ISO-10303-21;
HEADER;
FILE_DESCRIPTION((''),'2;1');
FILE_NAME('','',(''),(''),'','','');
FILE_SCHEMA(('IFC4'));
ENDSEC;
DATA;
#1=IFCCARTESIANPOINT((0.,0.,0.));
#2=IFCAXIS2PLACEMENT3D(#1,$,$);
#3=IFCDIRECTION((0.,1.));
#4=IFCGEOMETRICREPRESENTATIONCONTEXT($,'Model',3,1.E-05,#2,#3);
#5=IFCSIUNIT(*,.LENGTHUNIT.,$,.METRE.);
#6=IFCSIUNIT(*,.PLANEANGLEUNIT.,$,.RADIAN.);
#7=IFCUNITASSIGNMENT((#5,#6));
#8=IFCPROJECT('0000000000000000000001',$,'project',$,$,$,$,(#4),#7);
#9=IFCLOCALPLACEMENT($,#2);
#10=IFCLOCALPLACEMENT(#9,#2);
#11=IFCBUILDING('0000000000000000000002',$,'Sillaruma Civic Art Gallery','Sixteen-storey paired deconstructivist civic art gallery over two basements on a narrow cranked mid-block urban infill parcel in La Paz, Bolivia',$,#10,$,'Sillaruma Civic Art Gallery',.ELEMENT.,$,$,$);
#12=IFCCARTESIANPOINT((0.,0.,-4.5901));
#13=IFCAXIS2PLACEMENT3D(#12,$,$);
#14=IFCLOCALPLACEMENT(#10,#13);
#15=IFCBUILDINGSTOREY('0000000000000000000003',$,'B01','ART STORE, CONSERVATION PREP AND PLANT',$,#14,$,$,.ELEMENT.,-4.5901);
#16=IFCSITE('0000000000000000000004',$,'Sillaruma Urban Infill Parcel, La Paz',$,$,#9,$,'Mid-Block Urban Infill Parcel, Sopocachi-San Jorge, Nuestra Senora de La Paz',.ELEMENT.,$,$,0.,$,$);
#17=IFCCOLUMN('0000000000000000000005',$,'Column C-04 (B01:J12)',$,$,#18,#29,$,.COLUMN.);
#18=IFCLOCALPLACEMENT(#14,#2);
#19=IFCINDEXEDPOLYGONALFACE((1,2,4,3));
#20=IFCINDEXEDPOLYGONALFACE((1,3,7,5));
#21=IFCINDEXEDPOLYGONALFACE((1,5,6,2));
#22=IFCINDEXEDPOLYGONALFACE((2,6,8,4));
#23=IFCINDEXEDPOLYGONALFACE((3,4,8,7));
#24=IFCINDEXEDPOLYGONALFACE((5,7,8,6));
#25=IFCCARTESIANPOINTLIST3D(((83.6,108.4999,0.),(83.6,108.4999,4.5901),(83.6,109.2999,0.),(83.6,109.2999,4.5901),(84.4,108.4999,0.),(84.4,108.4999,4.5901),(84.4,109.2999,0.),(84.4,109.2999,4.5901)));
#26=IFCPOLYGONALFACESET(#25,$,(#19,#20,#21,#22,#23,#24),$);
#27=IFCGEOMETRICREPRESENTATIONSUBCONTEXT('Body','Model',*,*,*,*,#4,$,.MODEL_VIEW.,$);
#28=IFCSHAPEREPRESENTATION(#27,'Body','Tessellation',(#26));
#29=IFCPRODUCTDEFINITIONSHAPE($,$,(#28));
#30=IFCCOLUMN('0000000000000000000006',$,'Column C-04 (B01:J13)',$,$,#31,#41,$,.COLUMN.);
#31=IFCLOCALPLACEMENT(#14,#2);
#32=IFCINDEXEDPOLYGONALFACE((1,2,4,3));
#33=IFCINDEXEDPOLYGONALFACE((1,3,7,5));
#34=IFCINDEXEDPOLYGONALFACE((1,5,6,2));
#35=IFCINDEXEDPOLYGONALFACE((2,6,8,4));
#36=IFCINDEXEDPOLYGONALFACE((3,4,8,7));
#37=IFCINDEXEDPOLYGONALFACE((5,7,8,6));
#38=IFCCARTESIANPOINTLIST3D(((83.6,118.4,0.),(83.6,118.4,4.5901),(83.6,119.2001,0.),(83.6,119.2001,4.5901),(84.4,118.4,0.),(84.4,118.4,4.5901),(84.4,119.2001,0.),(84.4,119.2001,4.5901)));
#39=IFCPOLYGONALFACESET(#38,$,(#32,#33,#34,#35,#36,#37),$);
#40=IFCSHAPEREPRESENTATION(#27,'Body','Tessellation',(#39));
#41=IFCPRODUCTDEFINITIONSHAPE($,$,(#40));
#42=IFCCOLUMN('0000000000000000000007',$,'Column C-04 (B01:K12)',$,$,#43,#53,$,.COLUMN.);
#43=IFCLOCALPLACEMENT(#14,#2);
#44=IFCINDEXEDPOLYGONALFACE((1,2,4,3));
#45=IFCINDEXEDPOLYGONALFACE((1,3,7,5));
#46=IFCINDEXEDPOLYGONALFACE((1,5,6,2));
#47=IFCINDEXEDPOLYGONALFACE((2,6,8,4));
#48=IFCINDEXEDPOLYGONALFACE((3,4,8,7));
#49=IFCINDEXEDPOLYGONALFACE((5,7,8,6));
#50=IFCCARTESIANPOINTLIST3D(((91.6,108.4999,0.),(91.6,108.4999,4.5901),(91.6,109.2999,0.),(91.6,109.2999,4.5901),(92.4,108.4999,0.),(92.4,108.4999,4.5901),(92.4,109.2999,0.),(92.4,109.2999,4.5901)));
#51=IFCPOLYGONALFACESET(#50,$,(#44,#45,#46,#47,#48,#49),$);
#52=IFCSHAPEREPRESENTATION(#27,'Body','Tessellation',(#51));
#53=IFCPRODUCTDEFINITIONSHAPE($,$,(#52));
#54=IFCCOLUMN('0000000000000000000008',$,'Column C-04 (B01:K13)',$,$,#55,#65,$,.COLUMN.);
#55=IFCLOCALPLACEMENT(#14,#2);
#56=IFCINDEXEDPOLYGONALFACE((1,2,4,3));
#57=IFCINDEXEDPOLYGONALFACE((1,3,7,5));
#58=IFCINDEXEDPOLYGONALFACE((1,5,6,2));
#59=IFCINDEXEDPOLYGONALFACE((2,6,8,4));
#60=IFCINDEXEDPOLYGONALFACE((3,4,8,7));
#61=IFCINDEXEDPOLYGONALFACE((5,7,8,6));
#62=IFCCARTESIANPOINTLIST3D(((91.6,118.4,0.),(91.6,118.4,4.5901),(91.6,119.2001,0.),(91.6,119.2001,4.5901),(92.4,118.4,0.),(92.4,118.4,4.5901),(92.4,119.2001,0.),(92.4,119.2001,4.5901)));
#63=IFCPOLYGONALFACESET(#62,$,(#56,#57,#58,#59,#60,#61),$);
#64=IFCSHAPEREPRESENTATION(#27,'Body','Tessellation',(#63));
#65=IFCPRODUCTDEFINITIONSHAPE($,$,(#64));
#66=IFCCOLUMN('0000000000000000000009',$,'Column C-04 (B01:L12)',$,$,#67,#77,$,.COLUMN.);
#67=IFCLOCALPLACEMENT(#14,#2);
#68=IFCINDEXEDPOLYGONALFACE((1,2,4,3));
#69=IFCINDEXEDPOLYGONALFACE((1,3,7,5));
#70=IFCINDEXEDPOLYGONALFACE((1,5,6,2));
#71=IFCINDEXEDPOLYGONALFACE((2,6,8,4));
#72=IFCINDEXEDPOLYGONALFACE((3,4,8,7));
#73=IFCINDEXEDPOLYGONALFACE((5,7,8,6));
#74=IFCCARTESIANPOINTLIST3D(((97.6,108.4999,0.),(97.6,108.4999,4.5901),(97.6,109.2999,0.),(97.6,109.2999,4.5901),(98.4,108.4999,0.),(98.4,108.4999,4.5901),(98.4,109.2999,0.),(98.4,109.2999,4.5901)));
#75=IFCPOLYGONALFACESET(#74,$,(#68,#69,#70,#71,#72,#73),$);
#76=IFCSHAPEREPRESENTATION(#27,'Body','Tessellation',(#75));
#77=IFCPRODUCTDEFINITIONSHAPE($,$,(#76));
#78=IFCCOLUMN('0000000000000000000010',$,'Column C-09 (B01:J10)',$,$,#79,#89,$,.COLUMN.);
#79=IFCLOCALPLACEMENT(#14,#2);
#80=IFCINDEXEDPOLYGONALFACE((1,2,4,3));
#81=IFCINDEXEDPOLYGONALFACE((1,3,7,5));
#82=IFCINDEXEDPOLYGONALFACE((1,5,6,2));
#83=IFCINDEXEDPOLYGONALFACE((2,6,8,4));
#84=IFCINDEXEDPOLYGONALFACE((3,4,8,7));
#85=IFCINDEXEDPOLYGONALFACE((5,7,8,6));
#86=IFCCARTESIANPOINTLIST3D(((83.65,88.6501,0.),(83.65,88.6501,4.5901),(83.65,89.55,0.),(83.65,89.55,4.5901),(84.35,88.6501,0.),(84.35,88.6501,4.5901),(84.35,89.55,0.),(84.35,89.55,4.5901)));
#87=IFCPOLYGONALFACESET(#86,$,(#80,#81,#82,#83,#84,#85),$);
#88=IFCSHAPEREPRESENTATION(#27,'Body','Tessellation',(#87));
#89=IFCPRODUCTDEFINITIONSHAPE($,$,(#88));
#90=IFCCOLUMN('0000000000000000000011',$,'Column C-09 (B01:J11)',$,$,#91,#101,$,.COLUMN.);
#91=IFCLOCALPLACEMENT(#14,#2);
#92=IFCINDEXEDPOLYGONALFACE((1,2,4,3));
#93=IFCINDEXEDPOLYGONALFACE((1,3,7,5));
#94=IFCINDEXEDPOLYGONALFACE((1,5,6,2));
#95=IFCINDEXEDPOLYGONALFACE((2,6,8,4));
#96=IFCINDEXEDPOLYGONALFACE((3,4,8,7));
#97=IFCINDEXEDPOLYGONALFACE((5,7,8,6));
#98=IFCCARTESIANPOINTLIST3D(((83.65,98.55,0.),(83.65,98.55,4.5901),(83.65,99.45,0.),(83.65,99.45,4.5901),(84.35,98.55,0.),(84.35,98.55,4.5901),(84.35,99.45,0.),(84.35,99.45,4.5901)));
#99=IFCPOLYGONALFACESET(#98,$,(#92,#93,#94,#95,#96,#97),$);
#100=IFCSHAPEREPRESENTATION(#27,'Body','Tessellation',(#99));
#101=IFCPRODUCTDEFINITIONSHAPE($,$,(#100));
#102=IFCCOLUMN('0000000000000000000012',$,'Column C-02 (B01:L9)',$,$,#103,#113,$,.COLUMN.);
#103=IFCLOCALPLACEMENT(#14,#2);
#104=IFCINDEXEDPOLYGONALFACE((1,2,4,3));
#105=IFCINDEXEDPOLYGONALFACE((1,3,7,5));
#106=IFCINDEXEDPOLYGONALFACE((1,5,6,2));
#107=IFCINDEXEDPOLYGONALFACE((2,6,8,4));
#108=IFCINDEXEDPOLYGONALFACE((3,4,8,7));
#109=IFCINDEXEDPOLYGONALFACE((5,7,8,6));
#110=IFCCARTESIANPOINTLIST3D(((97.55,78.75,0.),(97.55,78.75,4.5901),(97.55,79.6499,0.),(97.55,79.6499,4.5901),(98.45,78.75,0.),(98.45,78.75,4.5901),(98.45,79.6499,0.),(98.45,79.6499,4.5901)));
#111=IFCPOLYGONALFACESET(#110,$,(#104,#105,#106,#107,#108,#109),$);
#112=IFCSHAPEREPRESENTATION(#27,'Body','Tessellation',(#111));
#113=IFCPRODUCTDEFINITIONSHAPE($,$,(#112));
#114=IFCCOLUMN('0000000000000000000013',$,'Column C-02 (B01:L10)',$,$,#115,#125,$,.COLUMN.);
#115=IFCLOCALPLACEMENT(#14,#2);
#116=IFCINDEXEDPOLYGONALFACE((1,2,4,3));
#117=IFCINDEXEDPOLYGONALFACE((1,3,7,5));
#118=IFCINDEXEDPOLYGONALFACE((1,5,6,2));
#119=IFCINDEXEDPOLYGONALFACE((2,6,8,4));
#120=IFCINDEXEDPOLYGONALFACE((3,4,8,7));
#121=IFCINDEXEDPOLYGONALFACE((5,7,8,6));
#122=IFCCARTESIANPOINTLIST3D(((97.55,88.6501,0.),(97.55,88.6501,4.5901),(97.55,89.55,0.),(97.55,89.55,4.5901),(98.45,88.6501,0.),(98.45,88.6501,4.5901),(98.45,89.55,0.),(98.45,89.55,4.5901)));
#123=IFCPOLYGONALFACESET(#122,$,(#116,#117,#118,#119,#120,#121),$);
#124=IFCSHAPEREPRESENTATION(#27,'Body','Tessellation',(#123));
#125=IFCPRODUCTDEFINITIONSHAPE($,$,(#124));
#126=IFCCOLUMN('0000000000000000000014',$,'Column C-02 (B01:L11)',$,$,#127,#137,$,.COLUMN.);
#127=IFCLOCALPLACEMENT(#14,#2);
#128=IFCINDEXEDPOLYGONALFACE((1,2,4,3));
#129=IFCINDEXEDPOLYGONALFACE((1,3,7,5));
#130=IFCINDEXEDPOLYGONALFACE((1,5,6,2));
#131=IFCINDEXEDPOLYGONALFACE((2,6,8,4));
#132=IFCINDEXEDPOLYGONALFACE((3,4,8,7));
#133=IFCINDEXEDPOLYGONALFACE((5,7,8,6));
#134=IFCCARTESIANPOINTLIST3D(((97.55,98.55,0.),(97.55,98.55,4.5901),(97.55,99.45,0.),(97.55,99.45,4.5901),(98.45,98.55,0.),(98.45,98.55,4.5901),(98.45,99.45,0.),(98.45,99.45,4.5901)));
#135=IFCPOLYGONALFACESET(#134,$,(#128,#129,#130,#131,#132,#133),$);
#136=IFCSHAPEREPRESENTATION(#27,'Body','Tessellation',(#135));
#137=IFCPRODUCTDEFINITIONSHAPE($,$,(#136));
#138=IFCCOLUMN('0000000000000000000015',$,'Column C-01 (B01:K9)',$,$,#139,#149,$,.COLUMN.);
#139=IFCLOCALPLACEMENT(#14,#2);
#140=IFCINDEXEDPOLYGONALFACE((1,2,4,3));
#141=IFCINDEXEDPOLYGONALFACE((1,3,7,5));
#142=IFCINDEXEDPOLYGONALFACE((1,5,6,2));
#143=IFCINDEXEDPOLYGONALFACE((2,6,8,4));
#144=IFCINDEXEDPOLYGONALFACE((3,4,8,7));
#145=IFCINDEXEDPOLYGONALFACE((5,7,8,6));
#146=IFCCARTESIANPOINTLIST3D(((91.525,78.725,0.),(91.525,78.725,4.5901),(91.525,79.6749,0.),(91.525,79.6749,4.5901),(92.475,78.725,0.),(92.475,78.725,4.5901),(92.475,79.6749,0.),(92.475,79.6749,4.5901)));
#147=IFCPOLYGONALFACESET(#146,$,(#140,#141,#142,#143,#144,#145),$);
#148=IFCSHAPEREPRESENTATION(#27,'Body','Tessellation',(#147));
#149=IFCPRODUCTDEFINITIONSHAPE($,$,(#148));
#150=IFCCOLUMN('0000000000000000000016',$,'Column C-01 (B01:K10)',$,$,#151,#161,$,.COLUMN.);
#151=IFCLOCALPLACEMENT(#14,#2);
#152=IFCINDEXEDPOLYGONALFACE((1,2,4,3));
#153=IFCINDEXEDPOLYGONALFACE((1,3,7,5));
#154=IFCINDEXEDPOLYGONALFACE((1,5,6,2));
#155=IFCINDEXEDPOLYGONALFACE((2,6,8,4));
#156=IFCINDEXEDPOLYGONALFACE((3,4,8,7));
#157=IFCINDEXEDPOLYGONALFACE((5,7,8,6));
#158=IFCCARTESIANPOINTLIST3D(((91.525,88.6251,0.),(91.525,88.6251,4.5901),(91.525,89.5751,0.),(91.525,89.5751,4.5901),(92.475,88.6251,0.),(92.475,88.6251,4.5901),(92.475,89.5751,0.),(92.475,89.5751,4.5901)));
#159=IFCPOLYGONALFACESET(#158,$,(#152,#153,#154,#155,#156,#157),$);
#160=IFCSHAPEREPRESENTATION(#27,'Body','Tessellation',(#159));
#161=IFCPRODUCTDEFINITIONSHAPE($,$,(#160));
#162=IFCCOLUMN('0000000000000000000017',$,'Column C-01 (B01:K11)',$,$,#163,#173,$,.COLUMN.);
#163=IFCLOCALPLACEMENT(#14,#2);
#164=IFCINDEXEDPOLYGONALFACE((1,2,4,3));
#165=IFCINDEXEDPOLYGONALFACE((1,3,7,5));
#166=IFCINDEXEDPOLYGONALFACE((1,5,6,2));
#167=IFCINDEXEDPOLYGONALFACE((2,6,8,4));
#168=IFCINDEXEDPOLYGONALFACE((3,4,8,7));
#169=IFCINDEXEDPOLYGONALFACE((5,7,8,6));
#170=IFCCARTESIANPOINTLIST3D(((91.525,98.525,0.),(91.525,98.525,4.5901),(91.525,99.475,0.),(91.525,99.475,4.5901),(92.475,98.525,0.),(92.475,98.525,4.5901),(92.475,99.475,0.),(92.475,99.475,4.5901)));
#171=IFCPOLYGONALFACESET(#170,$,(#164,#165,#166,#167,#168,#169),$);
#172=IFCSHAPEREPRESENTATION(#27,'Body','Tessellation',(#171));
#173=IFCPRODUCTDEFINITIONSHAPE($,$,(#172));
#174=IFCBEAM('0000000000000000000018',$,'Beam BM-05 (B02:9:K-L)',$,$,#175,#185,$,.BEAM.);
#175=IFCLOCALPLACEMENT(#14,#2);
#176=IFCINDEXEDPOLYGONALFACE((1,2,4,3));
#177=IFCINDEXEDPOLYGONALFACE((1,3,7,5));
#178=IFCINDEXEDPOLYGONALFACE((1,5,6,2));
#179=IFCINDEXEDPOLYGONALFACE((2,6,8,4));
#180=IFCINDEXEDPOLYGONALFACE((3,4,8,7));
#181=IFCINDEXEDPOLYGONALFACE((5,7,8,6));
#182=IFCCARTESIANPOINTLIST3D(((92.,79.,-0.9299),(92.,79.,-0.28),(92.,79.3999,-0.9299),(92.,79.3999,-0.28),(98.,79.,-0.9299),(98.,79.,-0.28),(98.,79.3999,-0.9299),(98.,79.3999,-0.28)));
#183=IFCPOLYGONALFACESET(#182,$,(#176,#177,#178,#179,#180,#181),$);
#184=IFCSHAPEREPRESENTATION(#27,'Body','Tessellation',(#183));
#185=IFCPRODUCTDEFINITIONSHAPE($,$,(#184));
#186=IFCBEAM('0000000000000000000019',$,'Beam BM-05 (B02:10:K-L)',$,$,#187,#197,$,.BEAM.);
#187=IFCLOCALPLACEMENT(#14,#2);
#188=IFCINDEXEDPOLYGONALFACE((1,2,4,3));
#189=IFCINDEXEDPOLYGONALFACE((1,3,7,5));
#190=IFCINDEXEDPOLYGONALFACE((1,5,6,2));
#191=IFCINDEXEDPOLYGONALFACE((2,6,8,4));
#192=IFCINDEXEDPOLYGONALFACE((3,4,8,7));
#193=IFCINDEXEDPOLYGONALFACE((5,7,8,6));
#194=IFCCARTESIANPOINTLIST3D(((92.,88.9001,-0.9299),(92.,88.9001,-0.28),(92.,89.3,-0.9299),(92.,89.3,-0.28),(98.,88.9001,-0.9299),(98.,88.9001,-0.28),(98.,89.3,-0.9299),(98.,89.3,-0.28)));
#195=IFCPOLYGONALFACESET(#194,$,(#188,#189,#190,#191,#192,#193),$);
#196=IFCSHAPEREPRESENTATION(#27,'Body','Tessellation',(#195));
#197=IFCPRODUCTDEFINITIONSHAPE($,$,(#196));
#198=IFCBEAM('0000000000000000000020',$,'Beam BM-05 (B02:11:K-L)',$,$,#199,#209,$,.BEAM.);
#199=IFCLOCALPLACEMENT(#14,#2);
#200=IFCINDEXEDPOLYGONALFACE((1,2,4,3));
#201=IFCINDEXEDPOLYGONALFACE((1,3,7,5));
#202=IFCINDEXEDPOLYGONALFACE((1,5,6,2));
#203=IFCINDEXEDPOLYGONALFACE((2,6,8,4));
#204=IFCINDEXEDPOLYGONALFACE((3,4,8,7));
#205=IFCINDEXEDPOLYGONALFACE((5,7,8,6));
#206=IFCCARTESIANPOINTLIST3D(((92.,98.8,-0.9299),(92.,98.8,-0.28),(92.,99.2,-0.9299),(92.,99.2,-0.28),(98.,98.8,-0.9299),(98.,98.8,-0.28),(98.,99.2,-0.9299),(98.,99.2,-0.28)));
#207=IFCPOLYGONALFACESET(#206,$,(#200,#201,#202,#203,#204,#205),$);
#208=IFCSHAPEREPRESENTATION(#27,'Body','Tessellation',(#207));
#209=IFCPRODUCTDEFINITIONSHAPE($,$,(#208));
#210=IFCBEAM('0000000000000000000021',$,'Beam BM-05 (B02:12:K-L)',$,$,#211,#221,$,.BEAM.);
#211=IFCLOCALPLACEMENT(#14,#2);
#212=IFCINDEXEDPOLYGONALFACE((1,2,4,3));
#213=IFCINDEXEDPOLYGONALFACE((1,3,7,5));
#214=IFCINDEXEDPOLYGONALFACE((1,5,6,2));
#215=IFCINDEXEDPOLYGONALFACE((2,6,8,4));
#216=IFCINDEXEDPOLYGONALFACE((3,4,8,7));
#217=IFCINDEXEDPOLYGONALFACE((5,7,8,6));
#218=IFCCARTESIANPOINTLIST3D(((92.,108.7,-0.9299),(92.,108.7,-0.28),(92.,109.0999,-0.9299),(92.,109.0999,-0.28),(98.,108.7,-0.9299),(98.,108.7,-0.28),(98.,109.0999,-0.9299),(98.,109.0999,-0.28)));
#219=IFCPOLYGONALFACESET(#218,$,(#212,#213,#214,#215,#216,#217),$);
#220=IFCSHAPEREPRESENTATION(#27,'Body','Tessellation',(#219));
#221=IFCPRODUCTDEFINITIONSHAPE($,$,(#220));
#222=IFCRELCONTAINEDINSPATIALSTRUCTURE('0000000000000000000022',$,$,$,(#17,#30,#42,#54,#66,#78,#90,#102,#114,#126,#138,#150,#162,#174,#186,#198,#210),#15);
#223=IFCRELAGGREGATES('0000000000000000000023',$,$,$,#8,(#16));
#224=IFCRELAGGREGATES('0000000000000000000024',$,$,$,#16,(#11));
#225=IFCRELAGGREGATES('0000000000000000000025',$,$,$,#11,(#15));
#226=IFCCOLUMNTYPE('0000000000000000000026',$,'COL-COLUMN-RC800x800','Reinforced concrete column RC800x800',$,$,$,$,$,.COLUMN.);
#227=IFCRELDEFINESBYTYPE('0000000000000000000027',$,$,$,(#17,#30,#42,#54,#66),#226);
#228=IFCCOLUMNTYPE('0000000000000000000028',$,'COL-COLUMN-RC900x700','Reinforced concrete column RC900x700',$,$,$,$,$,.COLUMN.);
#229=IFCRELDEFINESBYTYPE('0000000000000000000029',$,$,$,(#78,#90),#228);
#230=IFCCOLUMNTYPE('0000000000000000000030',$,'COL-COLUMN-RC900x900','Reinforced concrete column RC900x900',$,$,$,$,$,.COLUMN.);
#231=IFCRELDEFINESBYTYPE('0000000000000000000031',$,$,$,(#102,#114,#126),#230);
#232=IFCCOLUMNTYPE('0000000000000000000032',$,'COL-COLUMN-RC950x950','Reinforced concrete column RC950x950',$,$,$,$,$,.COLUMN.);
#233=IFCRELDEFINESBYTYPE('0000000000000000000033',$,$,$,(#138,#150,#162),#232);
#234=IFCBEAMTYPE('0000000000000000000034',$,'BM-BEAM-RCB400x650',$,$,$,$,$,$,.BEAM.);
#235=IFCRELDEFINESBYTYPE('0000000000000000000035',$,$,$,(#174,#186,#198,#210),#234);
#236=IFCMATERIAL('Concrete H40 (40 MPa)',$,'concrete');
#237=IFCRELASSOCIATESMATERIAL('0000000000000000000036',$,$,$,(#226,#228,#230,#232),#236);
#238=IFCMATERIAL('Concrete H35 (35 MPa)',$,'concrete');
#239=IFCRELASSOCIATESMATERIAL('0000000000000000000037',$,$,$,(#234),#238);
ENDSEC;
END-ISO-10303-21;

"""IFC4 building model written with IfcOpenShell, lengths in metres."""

from ifc_helpers import new_model, si_unit, direction, frame, origin, origin_2d, place, context, subcontext, project, spatial, rectangle, extrude, material, material_profile, profile_set, type_object, element, save


model = new_model("IFC4")

# Units and contexts
model_context = context("Model", 3, precision=1e-05, world=origin(), true_north=direction((0.0, 1.0)))
body_context = subcontext(model_context, "Body", "Model", "MODEL_VIEW")
ifc_project = project(units=[si_unit("LENGTHUNIT", "METRE"), si_unit("PLANEANGLEUNIT", "RADIAN")], contexts=[model_context])

# Site, building, storey
site_placement = place(None, origin())
site = spatial("IfcSite", under=ifc_project, at=site_placement, Name="Sillaruma Urban Infill Parcel, La Paz", LongName="Mid-Block Urban Infill Parcel, Sopocachi-San Jorge, Nuestra Senora de La Paz", CompositionType="ELEMENT", RefElevation=0.0)
building_placement = place(site_placement, origin())
building = spatial("IfcBuilding", under=site, at=building_placement, Name="Sillaruma Civic Art Gallery", Description="Sixteen-storey paired deconstructivist civic art gallery over two basements on a narrow cranked mid-block urban infill parcel in La Paz, Bolivia", LongName="Sillaruma Civic Art Gallery", CompositionType="ELEMENT")
storey_placement = place(building_placement, frame((0.0, 0.0, -4.5901)))
storey = spatial("IfcBuildingStorey", under=building, at=storey_placement, Name="B01", Description="ART STORE, CONSERVATION PREP AND PLANT", CompositionType="ELEMENT", Elevation=-4.5901)

# Columns
ifc_material_1 = material(Name="Concrete H40 (40 MPa)", Category="concrete")
ifc_material_profile_1 = material_profile(ifc_material_1, rectangle(XDim=0.8, YDim=0.8, at=origin_2d()), Name="RC800x800")
ifc_profile_set_1 = profile_set([ifc_material_profile_1], Name="Concrete H40 (40 MPa)")
column_type_1 = type_object("IfcColumnType", Name="COL-COLUMN-RC800x800", Description="Reinforced concrete column RC800x800", PredefinedType="COLUMN", material=ifc_profile_set_1)
for number, where, z_axis, x_axis, name in (
    (1, (84.0, 108.8999, 0.0), (0.0, 0.0, 1.0), (1.0, 0.0, 0.0), "Column C-04 (B01:J12)"),
    (2, (84.0, 118.8, 0.0), (0.0, 0.0, 1.0), (1.0, 0.0, 0.0), "Column C-04 (B01:J13)"),
    (3, (92.0, 108.8999, 0.0), (0.0, 0.0, 1.0), (1.0, 0.0, 0.0), "Column C-04 (B01:K12)"),
    (4, (92.0, 118.8, 0.0), (0.0, 0.0, 1.0), (1.0, 0.0, 0.0), "Column C-04 (B01:K13)"),
    (5, (98.0, 108.8999, 0.0), (0.0, 0.0, 1.0), (1.0, 0.0, 0.0), "Column C-04 (B01:L12)"),
):
    element("IfcColumn", number, at=place(storey_placement, frame(where, z_axis=z_axis, x_axis=x_axis)), inside=storey, type_object=column_type_1, Name=name, PredefinedType="COLUMN", context=body_context, shape_type="SweptSolid", body=[
        extrude(rectangle(XDim=0.8, YDim=0.8, at=origin_2d()), origin(), (0.0, 0.0, 1.0), 4.5901),
    ])
ifc_material_profile_2 = material_profile(ifc_material_1, rectangle(XDim=0.7, YDim=0.8999, at=origin_2d()), Name="RC900x700")
ifc_profile_set_2 = profile_set([ifc_material_profile_2], Name="Concrete H40 (40 MPa)")
column_type_2 = type_object("IfcColumnType", Name="COL-COLUMN-RC900x700", Description="Reinforced concrete column RC900x700", PredefinedType="COLUMN", material=ifc_profile_set_2)
for number, where, z_axis, x_axis, name in (
    (6, (84.0, 89.1001, 0.0), (0.0, 0.0, 1.0), (1.0, 0.0, 0.0), "Column C-09 (B01:J10)"),
    (7, (84.0, 99.0, 0.0), (0.0, 0.0, 1.0), (1.0, 0.0, 0.0), "Column C-09 (B01:J11)"),
):
    element("IfcColumn", number, at=place(storey_placement, frame(where, z_axis=z_axis, x_axis=x_axis)), inside=storey, type_object=column_type_2, Name=name, PredefinedType="COLUMN", context=body_context, shape_type="SweptSolid", body=[
        extrude(rectangle(XDim=0.7, YDim=0.8999, at=origin_2d()), origin(), (0.0, 0.0, 1.0), 4.5901),
    ])
ifc_material_profile_3 = material_profile(ifc_material_1, rectangle(XDim=0.8999, YDim=0.8999, at=origin_2d()), Name="RC900x900")
ifc_profile_set_3 = profile_set([ifc_material_profile_3], Name="Concrete H40 (40 MPa)")
column_type_3 = type_object("IfcColumnType", Name="COL-COLUMN-RC900x900", Description="Reinforced concrete column RC900x900", PredefinedType="COLUMN", material=ifc_profile_set_3)
for number, where, z_axis, x_axis, name in (
    (8, (98.0, 79.2, 0.0), (0.0, 0.0, 1.0), (1.0, 0.0, 0.0), "Column C-02 (B01:L9)"),
    (9, (98.0, 89.1001, 0.0), (0.0, 0.0, 1.0), (1.0, 0.0, 0.0), "Column C-02 (B01:L10)"),
    (10, (98.0, 99.0, 0.0), (0.0, 0.0, 1.0), (1.0, 0.0, 0.0), "Column C-02 (B01:L11)"),
):
    element("IfcColumn", number, at=place(storey_placement, frame(where, z_axis=z_axis, x_axis=x_axis)), inside=storey, type_object=column_type_3, Name=name, PredefinedType="COLUMN", context=body_context, shape_type="SweptSolid", body=[
        extrude(rectangle(XDim=0.8999, YDim=0.8999, at=origin_2d()), origin(), (0.0, 0.0, 1.0), 4.5901),
    ])
ifc_material_profile_4 = material_profile(ifc_material_1, rectangle(XDim=0.95, YDim=0.95, at=origin_2d()), Name="RC950x950")
ifc_profile_set_4 = profile_set([ifc_material_profile_4], Name="Concrete H40 (40 MPa)")
column_type_4 = type_object("IfcColumnType", Name="COL-COLUMN-RC950x950", Description="Reinforced concrete column RC950x950", PredefinedType="COLUMN", material=ifc_profile_set_4)
for number, where, z_axis, x_axis, name in (
    (11, (92.0, 79.2, 0.0), (0.0, 0.0, 1.0), (1.0, 0.0, 0.0), "Column C-01 (B01:K9)"),
    (12, (92.0, 89.1001, 0.0), (0.0, 0.0, 1.0), (1.0, 0.0, 0.0), "Column C-01 (B01:K10)"),
    (13, (92.0, 99.0, 0.0), (0.0, 0.0, 1.0), (1.0, 0.0, 0.0), "Column C-01 (B01:K11)"),
):
    element("IfcColumn", number, at=place(storey_placement, frame(where, z_axis=z_axis, x_axis=x_axis)), inside=storey, type_object=column_type_4, Name=name, PredefinedType="COLUMN", context=body_context, shape_type="SweptSolid", body=[
        extrude(rectangle(XDim=0.95, YDim=0.95, at=origin_2d()), origin(), (0.0, 0.0, 1.0), 4.5901),
    ])

# Beams
ifc_material_2 = material(Name="Concrete H35 (35 MPa)", Category="concrete")
ifc_material_profile_5 = material_profile(ifc_material_2, rectangle(XDim=0.3999, YDim=0.6499, at=origin_2d()), Name="RCB400x650")
ifc_profile_set_5 = profile_set([ifc_material_profile_5], Name="Concrete H35 (35 MPa)")
beam_type_1 = type_object("IfcBeamType", Name="BM-BEAM-RCB400x650", PredefinedType="BEAM", material=ifc_profile_set_5)
for number, where, z_axis, x_axis, name in (
    (14, (92.0, 79.2, -0.605), (1.0, 0.0, 0.0), (0.0, 1.0, 0.0), "Beam BM-05 (B02:9:K-L)"),
    (15, (92.0, 89.1001, -0.605), (1.0, 0.0, 0.0), (0.0, 1.0, 0.0), "Beam BM-05 (B02:10:K-L)"),
    (16, (92.0, 99.0, -0.605), (1.0, 0.0, 0.0), (0.0, 1.0, 0.0), "Beam BM-05 (B02:11:K-L)"),
    (17, (92.0, 108.8999, -0.605), (1.0, 0.0, 0.0), (0.0, 1.0, 0.0), "Beam BM-05 (B02:12:K-L)"),
):
    element("IfcBeam", number, at=place(storey_placement, frame(where, z_axis=z_axis, x_axis=x_axis)), inside=storey, type_object=beam_type_1, Name=name, PredefinedType="BEAM", context=body_context, shape_type="SweptSolid", body=[
        extrude(rectangle(XDim=0.3999, YDim=0.6499, at=origin_2d()), origin(), (0.0, 0.0, 1.0), 6.0),
    ])

save(model, "model.ifc")
